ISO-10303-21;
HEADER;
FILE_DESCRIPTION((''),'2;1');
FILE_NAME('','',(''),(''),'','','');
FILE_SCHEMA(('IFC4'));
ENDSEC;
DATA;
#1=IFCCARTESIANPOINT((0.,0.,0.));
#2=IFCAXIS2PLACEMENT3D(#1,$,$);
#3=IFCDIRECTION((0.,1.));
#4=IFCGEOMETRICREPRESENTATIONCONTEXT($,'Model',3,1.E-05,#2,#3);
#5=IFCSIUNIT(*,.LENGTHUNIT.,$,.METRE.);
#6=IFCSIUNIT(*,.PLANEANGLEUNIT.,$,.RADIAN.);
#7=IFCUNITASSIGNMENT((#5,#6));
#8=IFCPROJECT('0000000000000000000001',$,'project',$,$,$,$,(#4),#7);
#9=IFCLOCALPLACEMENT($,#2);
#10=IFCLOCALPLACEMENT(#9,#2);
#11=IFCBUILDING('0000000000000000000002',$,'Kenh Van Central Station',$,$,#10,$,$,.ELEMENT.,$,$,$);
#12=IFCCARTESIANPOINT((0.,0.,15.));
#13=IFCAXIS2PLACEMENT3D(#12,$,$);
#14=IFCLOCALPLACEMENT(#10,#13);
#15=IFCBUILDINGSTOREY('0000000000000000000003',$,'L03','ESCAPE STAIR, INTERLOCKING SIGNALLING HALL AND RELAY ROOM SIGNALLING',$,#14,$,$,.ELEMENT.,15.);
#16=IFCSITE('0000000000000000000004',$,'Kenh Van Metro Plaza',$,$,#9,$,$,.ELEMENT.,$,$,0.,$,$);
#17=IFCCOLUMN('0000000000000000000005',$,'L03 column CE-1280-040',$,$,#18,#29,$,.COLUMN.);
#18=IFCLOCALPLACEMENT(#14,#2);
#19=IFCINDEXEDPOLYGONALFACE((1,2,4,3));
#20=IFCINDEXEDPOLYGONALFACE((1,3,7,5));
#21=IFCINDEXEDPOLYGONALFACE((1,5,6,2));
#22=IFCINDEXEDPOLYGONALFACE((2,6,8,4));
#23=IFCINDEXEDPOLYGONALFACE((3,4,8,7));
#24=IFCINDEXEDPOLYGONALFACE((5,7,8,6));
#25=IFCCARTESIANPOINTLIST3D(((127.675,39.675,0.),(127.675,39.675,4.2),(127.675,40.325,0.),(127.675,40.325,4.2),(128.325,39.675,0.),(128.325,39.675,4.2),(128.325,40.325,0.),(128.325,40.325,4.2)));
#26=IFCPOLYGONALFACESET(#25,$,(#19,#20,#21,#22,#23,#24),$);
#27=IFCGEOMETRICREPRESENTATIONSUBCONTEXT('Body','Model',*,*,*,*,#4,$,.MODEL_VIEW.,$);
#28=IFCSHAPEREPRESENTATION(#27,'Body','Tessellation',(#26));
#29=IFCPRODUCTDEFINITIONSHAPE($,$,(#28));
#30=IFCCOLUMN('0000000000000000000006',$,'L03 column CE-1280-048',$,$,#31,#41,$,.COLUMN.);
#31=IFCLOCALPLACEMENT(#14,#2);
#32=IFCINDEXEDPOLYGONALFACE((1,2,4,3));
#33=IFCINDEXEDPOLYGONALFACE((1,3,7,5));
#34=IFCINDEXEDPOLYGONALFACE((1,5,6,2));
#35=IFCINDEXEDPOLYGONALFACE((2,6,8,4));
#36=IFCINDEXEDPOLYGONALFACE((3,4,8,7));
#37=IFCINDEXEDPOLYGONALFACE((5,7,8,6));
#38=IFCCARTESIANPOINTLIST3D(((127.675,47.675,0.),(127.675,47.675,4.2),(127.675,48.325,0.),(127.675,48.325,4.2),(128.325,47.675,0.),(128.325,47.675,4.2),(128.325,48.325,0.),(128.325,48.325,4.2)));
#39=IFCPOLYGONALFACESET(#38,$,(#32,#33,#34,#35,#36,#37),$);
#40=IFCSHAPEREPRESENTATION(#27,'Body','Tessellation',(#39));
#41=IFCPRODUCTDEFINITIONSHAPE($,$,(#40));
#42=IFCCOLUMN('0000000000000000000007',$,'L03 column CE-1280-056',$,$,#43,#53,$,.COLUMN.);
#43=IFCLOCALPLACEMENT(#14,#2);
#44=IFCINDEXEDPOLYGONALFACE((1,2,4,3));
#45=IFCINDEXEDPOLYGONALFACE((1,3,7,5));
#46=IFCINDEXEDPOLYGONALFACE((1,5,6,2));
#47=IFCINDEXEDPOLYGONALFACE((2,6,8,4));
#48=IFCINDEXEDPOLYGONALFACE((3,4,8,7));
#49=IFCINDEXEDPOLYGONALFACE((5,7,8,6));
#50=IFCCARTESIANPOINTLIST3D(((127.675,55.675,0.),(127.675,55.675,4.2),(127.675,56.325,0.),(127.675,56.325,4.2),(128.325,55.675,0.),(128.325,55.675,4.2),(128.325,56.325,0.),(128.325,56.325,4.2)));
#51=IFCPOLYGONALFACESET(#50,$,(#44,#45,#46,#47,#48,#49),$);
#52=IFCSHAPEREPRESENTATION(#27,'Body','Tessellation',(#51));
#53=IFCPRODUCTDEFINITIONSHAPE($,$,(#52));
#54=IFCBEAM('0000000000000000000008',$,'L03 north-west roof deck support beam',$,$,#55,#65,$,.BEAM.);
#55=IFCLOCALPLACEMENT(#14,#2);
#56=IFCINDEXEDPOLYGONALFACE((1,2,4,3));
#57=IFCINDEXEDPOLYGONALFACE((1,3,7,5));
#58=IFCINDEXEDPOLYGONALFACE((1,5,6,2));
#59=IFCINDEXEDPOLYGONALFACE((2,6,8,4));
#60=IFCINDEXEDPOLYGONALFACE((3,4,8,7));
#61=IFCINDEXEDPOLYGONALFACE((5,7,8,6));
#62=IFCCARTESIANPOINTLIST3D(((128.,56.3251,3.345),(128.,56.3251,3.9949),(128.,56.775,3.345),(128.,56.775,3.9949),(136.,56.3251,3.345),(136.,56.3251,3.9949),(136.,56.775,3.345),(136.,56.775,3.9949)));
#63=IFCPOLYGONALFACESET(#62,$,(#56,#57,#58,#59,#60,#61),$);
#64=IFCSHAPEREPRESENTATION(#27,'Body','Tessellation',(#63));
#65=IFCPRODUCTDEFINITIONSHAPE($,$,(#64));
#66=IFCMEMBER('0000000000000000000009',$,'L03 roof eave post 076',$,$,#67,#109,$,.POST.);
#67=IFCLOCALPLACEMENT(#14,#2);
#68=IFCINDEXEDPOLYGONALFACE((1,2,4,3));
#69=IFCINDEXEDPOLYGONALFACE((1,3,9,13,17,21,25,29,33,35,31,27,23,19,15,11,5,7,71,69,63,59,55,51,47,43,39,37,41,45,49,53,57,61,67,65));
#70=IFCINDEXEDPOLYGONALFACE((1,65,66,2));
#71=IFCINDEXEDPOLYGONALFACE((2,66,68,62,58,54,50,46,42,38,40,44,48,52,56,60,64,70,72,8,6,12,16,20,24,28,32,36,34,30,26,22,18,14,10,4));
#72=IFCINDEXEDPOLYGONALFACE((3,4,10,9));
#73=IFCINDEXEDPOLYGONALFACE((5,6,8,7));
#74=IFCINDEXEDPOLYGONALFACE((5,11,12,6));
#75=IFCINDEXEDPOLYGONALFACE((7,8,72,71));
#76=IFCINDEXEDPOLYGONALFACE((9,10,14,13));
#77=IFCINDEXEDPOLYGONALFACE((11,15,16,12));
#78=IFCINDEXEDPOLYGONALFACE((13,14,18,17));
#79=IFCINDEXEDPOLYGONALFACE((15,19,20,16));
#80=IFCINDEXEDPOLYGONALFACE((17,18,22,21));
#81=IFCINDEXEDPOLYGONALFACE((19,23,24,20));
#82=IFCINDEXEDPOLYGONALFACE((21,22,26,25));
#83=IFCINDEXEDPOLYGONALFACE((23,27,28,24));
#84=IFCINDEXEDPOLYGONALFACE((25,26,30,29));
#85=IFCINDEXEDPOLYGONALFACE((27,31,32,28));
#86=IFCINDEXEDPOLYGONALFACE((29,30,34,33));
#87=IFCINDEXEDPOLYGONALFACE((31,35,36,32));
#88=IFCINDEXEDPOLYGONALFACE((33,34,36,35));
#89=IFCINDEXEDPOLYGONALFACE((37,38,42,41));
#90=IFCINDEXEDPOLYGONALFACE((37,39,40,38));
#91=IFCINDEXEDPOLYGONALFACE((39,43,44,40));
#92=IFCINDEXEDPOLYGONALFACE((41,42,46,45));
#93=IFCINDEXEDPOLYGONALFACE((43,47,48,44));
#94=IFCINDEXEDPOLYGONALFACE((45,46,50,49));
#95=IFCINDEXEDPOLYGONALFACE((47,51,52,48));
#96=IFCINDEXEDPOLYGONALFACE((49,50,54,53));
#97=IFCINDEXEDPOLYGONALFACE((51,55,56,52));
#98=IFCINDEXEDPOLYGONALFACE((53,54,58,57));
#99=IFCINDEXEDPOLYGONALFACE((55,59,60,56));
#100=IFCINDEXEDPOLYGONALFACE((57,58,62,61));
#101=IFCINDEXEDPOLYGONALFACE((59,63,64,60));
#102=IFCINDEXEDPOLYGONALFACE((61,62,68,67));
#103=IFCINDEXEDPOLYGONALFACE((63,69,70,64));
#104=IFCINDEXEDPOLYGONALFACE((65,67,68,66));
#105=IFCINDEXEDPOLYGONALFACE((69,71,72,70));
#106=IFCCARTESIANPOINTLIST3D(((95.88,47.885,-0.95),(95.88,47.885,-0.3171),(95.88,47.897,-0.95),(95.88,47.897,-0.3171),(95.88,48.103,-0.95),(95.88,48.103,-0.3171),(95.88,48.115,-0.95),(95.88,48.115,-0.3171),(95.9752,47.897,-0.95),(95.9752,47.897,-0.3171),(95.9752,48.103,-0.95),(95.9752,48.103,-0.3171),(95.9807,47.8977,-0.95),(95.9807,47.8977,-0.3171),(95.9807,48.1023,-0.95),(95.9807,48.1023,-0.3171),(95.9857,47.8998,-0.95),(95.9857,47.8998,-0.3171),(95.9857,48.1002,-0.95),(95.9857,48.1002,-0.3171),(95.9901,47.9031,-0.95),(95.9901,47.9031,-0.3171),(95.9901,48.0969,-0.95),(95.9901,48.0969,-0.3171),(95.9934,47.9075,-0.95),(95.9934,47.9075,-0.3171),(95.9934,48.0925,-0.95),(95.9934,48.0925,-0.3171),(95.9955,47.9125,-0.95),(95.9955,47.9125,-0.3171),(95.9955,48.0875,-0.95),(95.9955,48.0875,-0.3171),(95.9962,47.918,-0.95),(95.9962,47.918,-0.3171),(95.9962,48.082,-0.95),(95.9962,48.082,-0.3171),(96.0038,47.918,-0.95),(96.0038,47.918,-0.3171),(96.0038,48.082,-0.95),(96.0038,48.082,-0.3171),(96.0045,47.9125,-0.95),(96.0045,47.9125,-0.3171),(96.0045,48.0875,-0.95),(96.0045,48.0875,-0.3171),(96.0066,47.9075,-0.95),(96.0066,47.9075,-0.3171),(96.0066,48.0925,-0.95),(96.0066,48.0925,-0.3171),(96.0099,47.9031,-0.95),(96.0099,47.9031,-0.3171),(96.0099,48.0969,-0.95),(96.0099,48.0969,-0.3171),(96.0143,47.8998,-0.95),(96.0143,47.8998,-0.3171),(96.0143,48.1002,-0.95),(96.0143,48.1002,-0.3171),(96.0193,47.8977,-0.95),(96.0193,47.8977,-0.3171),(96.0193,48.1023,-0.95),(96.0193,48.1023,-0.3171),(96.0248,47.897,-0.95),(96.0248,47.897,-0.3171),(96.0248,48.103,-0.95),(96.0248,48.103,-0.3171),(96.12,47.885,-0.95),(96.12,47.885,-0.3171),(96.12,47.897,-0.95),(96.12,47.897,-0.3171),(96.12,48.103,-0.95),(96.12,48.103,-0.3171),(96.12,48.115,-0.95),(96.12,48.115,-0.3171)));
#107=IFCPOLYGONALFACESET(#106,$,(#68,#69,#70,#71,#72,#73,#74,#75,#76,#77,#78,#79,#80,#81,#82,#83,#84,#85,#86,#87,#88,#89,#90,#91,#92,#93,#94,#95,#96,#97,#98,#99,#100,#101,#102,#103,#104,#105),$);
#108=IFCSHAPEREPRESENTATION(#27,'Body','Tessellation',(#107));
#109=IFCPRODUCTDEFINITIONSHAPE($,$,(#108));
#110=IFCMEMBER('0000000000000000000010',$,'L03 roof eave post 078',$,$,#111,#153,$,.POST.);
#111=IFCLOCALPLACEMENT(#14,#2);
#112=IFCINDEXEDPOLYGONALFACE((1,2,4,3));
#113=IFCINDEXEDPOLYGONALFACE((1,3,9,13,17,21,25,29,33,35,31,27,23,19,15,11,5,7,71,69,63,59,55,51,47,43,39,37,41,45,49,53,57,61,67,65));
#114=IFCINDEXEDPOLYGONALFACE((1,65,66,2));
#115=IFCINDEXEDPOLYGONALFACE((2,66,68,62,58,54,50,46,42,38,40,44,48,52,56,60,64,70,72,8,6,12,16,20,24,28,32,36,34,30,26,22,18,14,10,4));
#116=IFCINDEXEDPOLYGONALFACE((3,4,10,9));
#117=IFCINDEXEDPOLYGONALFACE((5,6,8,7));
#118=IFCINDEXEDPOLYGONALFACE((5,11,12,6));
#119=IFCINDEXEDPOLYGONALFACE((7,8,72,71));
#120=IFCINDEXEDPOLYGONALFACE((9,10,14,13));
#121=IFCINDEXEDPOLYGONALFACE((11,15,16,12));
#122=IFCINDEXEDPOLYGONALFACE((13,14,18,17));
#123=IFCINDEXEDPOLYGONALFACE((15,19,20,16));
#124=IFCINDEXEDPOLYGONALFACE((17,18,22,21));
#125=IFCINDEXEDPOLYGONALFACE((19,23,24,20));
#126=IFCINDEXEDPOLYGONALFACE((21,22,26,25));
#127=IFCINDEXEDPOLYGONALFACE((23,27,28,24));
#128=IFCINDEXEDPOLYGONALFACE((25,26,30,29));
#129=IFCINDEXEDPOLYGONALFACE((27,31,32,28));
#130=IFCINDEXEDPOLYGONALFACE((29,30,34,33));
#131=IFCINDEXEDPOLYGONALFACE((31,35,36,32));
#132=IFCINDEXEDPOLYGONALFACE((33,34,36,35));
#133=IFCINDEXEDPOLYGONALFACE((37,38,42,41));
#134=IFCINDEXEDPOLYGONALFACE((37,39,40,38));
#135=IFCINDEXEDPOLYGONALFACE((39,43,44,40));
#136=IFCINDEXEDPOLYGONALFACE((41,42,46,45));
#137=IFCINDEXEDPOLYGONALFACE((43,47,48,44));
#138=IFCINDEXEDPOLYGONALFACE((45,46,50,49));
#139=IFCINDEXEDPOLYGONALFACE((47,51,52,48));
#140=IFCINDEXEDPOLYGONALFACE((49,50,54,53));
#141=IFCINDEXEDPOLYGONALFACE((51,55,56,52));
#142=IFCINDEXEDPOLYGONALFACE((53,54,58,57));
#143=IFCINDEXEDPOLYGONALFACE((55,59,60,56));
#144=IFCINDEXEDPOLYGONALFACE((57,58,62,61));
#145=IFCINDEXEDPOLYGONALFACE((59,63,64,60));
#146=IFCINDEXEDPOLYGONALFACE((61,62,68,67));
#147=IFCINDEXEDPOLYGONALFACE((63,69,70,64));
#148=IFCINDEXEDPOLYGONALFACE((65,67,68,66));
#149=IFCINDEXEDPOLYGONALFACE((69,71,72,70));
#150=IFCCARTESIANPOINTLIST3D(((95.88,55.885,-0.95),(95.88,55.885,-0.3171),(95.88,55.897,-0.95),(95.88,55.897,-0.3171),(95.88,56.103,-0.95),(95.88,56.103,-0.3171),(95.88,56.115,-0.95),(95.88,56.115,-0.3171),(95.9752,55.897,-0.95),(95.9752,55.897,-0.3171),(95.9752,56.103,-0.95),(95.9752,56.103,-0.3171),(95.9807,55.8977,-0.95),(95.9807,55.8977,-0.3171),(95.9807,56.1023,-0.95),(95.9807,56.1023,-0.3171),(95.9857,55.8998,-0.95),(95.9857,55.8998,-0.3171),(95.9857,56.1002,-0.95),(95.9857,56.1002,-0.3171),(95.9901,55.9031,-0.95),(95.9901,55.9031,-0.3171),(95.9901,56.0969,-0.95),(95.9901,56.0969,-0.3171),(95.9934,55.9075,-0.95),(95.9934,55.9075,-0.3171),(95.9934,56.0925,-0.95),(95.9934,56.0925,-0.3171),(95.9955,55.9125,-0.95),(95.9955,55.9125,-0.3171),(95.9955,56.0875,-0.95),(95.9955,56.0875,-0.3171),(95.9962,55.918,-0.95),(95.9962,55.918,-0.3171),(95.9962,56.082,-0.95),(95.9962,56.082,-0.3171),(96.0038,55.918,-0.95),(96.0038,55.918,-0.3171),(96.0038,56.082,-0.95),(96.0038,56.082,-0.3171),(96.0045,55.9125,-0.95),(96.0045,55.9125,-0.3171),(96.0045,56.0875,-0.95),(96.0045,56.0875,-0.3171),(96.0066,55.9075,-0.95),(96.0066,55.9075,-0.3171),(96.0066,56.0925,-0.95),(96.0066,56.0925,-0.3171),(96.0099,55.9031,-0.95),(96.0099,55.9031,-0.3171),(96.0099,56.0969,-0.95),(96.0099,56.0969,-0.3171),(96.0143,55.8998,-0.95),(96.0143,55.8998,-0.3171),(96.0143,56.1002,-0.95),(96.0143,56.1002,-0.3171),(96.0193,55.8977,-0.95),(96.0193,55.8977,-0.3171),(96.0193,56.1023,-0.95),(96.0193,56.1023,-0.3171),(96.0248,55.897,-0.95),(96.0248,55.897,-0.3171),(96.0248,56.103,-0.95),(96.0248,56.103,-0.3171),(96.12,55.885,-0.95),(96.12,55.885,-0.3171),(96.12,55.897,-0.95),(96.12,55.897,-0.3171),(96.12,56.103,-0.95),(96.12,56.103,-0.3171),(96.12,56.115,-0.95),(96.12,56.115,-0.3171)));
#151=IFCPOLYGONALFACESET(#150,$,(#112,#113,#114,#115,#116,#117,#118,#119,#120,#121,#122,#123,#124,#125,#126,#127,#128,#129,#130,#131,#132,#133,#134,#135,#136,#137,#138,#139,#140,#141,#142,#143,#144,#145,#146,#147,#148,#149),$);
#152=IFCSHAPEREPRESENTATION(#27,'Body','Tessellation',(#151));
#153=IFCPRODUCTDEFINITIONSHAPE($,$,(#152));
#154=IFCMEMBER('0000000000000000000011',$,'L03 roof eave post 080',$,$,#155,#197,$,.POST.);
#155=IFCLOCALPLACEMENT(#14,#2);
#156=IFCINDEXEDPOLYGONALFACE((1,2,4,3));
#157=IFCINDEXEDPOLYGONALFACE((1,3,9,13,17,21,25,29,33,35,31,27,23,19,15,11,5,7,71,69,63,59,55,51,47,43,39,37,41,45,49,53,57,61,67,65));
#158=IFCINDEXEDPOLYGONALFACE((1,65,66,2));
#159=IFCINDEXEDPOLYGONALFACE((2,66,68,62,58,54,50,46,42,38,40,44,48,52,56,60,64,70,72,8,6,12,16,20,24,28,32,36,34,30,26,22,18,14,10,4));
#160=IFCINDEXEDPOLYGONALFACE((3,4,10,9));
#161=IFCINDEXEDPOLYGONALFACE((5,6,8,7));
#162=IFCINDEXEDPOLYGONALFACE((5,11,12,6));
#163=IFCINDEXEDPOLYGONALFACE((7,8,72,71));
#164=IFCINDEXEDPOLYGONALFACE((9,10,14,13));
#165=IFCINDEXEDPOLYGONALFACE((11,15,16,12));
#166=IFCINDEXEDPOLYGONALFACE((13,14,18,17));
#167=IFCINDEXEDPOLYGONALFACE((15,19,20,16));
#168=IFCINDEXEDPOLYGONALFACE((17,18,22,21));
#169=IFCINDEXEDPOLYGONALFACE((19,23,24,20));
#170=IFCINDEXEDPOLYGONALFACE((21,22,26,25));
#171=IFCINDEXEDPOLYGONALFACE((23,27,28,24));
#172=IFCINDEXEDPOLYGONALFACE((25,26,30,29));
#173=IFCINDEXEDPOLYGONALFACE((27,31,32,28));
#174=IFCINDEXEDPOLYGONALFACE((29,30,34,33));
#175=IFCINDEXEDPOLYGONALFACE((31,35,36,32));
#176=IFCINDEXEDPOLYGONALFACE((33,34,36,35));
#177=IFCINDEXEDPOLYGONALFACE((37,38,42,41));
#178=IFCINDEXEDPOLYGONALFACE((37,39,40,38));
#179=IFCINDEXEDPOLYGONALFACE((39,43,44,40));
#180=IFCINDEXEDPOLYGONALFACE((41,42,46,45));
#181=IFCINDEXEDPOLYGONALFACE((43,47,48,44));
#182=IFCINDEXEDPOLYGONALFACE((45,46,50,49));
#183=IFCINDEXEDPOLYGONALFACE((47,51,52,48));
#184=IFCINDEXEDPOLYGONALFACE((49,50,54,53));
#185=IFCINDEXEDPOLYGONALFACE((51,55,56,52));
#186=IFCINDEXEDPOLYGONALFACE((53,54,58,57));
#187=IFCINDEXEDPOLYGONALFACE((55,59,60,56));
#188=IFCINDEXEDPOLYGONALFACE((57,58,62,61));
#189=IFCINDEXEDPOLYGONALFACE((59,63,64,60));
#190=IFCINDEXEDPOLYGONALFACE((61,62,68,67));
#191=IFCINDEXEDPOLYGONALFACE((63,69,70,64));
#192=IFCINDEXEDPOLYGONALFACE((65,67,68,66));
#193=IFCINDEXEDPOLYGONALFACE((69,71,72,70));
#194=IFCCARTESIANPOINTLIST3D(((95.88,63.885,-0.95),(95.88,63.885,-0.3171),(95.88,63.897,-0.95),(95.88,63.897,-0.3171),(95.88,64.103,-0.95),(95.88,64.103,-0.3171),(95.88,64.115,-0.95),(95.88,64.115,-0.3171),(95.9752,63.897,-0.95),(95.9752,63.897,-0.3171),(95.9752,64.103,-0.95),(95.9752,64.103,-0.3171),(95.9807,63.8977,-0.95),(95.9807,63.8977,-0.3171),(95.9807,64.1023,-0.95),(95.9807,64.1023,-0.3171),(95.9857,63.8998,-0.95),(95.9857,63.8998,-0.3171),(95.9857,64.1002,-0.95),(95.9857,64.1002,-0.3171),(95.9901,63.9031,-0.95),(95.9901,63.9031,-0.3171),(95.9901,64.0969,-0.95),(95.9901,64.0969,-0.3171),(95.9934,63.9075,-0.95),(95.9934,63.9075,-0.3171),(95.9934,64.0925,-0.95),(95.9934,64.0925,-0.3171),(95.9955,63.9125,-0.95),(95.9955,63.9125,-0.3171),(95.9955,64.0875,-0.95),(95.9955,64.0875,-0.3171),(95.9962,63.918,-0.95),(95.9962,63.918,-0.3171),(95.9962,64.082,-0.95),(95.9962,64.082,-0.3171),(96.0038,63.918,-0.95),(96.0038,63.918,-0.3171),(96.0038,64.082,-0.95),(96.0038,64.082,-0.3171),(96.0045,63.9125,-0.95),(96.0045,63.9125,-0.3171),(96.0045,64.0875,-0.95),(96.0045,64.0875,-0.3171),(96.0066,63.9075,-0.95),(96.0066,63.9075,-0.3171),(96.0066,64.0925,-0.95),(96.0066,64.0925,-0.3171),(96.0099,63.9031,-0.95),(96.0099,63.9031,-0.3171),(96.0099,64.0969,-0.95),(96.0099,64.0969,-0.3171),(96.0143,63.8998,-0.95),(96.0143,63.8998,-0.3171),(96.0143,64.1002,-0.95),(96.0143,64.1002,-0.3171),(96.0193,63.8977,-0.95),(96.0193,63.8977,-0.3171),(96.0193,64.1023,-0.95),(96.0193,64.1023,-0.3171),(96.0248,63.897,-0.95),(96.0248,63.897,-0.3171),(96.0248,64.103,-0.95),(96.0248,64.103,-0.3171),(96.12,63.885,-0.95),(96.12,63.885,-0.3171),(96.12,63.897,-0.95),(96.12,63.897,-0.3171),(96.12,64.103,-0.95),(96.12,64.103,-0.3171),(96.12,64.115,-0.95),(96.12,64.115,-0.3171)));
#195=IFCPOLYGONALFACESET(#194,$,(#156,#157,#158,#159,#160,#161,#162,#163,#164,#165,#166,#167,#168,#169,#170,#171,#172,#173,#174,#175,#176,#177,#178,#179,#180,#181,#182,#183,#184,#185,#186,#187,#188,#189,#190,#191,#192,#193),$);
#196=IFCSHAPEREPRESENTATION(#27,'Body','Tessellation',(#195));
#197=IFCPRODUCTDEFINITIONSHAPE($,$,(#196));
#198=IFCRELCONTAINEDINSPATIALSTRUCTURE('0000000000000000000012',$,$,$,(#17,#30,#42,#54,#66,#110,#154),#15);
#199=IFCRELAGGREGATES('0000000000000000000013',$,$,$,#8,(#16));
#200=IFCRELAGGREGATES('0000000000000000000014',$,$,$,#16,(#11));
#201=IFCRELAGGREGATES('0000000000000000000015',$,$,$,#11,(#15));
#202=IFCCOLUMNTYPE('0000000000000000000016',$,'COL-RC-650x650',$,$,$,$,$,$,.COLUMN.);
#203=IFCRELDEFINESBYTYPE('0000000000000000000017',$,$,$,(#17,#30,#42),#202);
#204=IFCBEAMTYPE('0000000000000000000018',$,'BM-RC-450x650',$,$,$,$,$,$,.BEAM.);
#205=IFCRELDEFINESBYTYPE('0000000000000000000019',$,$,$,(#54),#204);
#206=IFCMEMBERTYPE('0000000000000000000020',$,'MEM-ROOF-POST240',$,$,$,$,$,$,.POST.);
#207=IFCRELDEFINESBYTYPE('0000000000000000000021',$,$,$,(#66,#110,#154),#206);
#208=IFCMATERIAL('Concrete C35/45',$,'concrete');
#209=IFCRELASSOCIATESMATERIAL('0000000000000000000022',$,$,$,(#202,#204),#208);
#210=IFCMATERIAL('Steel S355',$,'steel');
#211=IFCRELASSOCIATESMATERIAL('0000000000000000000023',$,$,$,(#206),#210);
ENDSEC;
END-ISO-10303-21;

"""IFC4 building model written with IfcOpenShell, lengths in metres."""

from ifc_helpers import new_model, si_unit, direction, frame, origin, origin_2d, place, context, subcontext, project, spatial, rectangle, i_section, extrude, material, material_profile, profile_set, type_object, element, save


model = new_model("IFC4")

# Units and contexts
model_context = context("Model", 3, precision=1e-05, world=origin(), true_north=direction((0.0, 1.0)))
body_context = subcontext(model_context, "Body", "Model", "MODEL_VIEW")
ifc_project = project(units=[si_unit("LENGTHUNIT", "METRE"), si_unit("PLANEANGLEUNIT", "RADIAN")], contexts=[model_context])

# Site, building, storey
site_placement = place(None, origin())
site = spatial("IfcSite", under=ifc_project, at=site_placement, Name="Kenh Van Metro Plaza", CompositionType="ELEMENT", RefElevation=0.0)
building_placement = place(site_placement, origin())
building = spatial("IfcBuilding", under=site, at=building_placement, Name="Kenh Van Central Station", CompositionType="ELEMENT")
storey_placement = place(building_placement, frame((0.0, 0.0, 15.0)))
storey = spatial("IfcBuildingStorey", under=building, at=storey_placement, Name="L03", Description="ESCAPE STAIR, INTERLOCKING SIGNALLING HALL AND RELAY ROOM SIGNALLING", CompositionType="ELEMENT", Elevation=15.0)

# Columns
ifc_material_1 = material(Name="Concrete C35/45", Category="concrete")
ifc_material_profile_1 = material_profile(ifc_material_1, rectangle(XDim=0.6499, YDim=0.6499, at=origin_2d()), Name="RC 650x650")
ifc_profile_set_1 = profile_set([ifc_material_profile_1], Name="Concrete C35/45")
column_type = type_object("IfcColumnType", Name="COL-RC-650x650", PredefinedType="COLUMN", material=ifc_profile_set_1)
for number, where, z_axis, x_axis, name in (
    (1, (128.0, 40.0, 0.0), (0.0, 0.0, 1.0), (1.0, 0.0, 0.0), "L03 column CE-1280-040"),
    (2, (128.0, 48.0, 0.0), (0.0, 0.0, 1.0), (1.0, 0.0, 0.0), "L03 column CE-1280-048"),
    (3, (128.0, 56.0, 0.0), (0.0, 0.0, 1.0), (1.0, 0.0, 0.0), "L03 column CE-1280-056"),
):
    element("IfcColumn", number, at=place(storey_placement, frame(where, z_axis=z_axis, x_axis=x_axis)), inside=storey, type_object=column_type, Name=name, PredefinedType="COLUMN", context=body_context, shape_type="SweptSolid", body=[
        extrude(rectangle(XDim=0.6499, YDim=0.6499, at=origin_2d()), origin(), (0.0, 0.0, 1.0), 4.2),
    ])

# Beam
ifc_material_profile_2 = material_profile(ifc_material_1, rectangle(XDim=0.45, YDim=0.6499, at=origin_2d()), Name="RC 450x650")
ifc_profile_set_2 = profile_set([ifc_material_profile_2], Name="Concrete C35/45")
beam_type_1 = type_object("IfcBeamType", Name="BM-RC-450x650", PredefinedType="BEAM", material=ifc_profile_set_2)
beam_placement = place(storey_placement, frame((128.0, 56.55, 3.6699), z_axis=(1.0, 0.0, 0.0), x_axis=(0.0, 1.0, 0.0)))
element("IfcBeam", 4, at=beam_placement, inside=storey, type_object=beam_type_1, Name="L03 north-west roof deck support beam", PredefinedType="BEAM", context=body_context, shape_type="SweptSolid", body=[
    extrude(rectangle(XDim=0.45, YDim=0.6499, at=origin_2d()), origin(), (0.0, 0.0, 1.0), 8.0),
])

# Members
ifc_material_2 = material(Name="Steel S355", Category="steel")
ifc_material_profile_3 = material_profile(ifc_material_2, i_section(OverallWidth=0.24, OverallDepth=0.23, WebThickness=0.0076, FlangeThickness=0.012, FilletRadius=0.021, at=origin_2d()), Name="HEA 240")
ifc_profile_set_3 = profile_set([ifc_material_profile_3], Name="Steel S355")
member_type_1 = type_object("IfcMemberType", Name="MEM-ROOF-POST240", PredefinedType="POST", material=ifc_profile_set_3)
for number, where, z_axis, x_axis, name in (
    (5, (96.0, 48.0, -0.95), (0.0, 0.0, 1.0), (1.0, 0.0, 0.0), "L03 roof eave post 076"),
    (6, (96.0, 56.0, -0.95), (0.0, 0.0, 1.0), (1.0, 0.0, 0.0), "L03 roof eave post 078"),
    (7, (96.0, 64.0, -0.95), (0.0, 0.0, 1.0), (1.0, 0.0, 0.0), "L03 roof eave post 080"),
):
    element("IfcMember", number, at=place(storey_placement, frame(where, z_axis=z_axis, x_axis=x_axis)), inside=storey, type_object=member_type_1, Name=name, PredefinedType="POST", context=body_context, shape_type="SweptSolid", body=[
        extrude(i_section(OverallWidth=0.24, OverallDepth=0.23, WebThickness=0.0076, FlangeThickness=0.012, FilletRadius=0.021, at=origin_2d()), origin(), (0.0, 0.0, 1.0), 0.6328),
    ])

save(model, "model.ifc")
